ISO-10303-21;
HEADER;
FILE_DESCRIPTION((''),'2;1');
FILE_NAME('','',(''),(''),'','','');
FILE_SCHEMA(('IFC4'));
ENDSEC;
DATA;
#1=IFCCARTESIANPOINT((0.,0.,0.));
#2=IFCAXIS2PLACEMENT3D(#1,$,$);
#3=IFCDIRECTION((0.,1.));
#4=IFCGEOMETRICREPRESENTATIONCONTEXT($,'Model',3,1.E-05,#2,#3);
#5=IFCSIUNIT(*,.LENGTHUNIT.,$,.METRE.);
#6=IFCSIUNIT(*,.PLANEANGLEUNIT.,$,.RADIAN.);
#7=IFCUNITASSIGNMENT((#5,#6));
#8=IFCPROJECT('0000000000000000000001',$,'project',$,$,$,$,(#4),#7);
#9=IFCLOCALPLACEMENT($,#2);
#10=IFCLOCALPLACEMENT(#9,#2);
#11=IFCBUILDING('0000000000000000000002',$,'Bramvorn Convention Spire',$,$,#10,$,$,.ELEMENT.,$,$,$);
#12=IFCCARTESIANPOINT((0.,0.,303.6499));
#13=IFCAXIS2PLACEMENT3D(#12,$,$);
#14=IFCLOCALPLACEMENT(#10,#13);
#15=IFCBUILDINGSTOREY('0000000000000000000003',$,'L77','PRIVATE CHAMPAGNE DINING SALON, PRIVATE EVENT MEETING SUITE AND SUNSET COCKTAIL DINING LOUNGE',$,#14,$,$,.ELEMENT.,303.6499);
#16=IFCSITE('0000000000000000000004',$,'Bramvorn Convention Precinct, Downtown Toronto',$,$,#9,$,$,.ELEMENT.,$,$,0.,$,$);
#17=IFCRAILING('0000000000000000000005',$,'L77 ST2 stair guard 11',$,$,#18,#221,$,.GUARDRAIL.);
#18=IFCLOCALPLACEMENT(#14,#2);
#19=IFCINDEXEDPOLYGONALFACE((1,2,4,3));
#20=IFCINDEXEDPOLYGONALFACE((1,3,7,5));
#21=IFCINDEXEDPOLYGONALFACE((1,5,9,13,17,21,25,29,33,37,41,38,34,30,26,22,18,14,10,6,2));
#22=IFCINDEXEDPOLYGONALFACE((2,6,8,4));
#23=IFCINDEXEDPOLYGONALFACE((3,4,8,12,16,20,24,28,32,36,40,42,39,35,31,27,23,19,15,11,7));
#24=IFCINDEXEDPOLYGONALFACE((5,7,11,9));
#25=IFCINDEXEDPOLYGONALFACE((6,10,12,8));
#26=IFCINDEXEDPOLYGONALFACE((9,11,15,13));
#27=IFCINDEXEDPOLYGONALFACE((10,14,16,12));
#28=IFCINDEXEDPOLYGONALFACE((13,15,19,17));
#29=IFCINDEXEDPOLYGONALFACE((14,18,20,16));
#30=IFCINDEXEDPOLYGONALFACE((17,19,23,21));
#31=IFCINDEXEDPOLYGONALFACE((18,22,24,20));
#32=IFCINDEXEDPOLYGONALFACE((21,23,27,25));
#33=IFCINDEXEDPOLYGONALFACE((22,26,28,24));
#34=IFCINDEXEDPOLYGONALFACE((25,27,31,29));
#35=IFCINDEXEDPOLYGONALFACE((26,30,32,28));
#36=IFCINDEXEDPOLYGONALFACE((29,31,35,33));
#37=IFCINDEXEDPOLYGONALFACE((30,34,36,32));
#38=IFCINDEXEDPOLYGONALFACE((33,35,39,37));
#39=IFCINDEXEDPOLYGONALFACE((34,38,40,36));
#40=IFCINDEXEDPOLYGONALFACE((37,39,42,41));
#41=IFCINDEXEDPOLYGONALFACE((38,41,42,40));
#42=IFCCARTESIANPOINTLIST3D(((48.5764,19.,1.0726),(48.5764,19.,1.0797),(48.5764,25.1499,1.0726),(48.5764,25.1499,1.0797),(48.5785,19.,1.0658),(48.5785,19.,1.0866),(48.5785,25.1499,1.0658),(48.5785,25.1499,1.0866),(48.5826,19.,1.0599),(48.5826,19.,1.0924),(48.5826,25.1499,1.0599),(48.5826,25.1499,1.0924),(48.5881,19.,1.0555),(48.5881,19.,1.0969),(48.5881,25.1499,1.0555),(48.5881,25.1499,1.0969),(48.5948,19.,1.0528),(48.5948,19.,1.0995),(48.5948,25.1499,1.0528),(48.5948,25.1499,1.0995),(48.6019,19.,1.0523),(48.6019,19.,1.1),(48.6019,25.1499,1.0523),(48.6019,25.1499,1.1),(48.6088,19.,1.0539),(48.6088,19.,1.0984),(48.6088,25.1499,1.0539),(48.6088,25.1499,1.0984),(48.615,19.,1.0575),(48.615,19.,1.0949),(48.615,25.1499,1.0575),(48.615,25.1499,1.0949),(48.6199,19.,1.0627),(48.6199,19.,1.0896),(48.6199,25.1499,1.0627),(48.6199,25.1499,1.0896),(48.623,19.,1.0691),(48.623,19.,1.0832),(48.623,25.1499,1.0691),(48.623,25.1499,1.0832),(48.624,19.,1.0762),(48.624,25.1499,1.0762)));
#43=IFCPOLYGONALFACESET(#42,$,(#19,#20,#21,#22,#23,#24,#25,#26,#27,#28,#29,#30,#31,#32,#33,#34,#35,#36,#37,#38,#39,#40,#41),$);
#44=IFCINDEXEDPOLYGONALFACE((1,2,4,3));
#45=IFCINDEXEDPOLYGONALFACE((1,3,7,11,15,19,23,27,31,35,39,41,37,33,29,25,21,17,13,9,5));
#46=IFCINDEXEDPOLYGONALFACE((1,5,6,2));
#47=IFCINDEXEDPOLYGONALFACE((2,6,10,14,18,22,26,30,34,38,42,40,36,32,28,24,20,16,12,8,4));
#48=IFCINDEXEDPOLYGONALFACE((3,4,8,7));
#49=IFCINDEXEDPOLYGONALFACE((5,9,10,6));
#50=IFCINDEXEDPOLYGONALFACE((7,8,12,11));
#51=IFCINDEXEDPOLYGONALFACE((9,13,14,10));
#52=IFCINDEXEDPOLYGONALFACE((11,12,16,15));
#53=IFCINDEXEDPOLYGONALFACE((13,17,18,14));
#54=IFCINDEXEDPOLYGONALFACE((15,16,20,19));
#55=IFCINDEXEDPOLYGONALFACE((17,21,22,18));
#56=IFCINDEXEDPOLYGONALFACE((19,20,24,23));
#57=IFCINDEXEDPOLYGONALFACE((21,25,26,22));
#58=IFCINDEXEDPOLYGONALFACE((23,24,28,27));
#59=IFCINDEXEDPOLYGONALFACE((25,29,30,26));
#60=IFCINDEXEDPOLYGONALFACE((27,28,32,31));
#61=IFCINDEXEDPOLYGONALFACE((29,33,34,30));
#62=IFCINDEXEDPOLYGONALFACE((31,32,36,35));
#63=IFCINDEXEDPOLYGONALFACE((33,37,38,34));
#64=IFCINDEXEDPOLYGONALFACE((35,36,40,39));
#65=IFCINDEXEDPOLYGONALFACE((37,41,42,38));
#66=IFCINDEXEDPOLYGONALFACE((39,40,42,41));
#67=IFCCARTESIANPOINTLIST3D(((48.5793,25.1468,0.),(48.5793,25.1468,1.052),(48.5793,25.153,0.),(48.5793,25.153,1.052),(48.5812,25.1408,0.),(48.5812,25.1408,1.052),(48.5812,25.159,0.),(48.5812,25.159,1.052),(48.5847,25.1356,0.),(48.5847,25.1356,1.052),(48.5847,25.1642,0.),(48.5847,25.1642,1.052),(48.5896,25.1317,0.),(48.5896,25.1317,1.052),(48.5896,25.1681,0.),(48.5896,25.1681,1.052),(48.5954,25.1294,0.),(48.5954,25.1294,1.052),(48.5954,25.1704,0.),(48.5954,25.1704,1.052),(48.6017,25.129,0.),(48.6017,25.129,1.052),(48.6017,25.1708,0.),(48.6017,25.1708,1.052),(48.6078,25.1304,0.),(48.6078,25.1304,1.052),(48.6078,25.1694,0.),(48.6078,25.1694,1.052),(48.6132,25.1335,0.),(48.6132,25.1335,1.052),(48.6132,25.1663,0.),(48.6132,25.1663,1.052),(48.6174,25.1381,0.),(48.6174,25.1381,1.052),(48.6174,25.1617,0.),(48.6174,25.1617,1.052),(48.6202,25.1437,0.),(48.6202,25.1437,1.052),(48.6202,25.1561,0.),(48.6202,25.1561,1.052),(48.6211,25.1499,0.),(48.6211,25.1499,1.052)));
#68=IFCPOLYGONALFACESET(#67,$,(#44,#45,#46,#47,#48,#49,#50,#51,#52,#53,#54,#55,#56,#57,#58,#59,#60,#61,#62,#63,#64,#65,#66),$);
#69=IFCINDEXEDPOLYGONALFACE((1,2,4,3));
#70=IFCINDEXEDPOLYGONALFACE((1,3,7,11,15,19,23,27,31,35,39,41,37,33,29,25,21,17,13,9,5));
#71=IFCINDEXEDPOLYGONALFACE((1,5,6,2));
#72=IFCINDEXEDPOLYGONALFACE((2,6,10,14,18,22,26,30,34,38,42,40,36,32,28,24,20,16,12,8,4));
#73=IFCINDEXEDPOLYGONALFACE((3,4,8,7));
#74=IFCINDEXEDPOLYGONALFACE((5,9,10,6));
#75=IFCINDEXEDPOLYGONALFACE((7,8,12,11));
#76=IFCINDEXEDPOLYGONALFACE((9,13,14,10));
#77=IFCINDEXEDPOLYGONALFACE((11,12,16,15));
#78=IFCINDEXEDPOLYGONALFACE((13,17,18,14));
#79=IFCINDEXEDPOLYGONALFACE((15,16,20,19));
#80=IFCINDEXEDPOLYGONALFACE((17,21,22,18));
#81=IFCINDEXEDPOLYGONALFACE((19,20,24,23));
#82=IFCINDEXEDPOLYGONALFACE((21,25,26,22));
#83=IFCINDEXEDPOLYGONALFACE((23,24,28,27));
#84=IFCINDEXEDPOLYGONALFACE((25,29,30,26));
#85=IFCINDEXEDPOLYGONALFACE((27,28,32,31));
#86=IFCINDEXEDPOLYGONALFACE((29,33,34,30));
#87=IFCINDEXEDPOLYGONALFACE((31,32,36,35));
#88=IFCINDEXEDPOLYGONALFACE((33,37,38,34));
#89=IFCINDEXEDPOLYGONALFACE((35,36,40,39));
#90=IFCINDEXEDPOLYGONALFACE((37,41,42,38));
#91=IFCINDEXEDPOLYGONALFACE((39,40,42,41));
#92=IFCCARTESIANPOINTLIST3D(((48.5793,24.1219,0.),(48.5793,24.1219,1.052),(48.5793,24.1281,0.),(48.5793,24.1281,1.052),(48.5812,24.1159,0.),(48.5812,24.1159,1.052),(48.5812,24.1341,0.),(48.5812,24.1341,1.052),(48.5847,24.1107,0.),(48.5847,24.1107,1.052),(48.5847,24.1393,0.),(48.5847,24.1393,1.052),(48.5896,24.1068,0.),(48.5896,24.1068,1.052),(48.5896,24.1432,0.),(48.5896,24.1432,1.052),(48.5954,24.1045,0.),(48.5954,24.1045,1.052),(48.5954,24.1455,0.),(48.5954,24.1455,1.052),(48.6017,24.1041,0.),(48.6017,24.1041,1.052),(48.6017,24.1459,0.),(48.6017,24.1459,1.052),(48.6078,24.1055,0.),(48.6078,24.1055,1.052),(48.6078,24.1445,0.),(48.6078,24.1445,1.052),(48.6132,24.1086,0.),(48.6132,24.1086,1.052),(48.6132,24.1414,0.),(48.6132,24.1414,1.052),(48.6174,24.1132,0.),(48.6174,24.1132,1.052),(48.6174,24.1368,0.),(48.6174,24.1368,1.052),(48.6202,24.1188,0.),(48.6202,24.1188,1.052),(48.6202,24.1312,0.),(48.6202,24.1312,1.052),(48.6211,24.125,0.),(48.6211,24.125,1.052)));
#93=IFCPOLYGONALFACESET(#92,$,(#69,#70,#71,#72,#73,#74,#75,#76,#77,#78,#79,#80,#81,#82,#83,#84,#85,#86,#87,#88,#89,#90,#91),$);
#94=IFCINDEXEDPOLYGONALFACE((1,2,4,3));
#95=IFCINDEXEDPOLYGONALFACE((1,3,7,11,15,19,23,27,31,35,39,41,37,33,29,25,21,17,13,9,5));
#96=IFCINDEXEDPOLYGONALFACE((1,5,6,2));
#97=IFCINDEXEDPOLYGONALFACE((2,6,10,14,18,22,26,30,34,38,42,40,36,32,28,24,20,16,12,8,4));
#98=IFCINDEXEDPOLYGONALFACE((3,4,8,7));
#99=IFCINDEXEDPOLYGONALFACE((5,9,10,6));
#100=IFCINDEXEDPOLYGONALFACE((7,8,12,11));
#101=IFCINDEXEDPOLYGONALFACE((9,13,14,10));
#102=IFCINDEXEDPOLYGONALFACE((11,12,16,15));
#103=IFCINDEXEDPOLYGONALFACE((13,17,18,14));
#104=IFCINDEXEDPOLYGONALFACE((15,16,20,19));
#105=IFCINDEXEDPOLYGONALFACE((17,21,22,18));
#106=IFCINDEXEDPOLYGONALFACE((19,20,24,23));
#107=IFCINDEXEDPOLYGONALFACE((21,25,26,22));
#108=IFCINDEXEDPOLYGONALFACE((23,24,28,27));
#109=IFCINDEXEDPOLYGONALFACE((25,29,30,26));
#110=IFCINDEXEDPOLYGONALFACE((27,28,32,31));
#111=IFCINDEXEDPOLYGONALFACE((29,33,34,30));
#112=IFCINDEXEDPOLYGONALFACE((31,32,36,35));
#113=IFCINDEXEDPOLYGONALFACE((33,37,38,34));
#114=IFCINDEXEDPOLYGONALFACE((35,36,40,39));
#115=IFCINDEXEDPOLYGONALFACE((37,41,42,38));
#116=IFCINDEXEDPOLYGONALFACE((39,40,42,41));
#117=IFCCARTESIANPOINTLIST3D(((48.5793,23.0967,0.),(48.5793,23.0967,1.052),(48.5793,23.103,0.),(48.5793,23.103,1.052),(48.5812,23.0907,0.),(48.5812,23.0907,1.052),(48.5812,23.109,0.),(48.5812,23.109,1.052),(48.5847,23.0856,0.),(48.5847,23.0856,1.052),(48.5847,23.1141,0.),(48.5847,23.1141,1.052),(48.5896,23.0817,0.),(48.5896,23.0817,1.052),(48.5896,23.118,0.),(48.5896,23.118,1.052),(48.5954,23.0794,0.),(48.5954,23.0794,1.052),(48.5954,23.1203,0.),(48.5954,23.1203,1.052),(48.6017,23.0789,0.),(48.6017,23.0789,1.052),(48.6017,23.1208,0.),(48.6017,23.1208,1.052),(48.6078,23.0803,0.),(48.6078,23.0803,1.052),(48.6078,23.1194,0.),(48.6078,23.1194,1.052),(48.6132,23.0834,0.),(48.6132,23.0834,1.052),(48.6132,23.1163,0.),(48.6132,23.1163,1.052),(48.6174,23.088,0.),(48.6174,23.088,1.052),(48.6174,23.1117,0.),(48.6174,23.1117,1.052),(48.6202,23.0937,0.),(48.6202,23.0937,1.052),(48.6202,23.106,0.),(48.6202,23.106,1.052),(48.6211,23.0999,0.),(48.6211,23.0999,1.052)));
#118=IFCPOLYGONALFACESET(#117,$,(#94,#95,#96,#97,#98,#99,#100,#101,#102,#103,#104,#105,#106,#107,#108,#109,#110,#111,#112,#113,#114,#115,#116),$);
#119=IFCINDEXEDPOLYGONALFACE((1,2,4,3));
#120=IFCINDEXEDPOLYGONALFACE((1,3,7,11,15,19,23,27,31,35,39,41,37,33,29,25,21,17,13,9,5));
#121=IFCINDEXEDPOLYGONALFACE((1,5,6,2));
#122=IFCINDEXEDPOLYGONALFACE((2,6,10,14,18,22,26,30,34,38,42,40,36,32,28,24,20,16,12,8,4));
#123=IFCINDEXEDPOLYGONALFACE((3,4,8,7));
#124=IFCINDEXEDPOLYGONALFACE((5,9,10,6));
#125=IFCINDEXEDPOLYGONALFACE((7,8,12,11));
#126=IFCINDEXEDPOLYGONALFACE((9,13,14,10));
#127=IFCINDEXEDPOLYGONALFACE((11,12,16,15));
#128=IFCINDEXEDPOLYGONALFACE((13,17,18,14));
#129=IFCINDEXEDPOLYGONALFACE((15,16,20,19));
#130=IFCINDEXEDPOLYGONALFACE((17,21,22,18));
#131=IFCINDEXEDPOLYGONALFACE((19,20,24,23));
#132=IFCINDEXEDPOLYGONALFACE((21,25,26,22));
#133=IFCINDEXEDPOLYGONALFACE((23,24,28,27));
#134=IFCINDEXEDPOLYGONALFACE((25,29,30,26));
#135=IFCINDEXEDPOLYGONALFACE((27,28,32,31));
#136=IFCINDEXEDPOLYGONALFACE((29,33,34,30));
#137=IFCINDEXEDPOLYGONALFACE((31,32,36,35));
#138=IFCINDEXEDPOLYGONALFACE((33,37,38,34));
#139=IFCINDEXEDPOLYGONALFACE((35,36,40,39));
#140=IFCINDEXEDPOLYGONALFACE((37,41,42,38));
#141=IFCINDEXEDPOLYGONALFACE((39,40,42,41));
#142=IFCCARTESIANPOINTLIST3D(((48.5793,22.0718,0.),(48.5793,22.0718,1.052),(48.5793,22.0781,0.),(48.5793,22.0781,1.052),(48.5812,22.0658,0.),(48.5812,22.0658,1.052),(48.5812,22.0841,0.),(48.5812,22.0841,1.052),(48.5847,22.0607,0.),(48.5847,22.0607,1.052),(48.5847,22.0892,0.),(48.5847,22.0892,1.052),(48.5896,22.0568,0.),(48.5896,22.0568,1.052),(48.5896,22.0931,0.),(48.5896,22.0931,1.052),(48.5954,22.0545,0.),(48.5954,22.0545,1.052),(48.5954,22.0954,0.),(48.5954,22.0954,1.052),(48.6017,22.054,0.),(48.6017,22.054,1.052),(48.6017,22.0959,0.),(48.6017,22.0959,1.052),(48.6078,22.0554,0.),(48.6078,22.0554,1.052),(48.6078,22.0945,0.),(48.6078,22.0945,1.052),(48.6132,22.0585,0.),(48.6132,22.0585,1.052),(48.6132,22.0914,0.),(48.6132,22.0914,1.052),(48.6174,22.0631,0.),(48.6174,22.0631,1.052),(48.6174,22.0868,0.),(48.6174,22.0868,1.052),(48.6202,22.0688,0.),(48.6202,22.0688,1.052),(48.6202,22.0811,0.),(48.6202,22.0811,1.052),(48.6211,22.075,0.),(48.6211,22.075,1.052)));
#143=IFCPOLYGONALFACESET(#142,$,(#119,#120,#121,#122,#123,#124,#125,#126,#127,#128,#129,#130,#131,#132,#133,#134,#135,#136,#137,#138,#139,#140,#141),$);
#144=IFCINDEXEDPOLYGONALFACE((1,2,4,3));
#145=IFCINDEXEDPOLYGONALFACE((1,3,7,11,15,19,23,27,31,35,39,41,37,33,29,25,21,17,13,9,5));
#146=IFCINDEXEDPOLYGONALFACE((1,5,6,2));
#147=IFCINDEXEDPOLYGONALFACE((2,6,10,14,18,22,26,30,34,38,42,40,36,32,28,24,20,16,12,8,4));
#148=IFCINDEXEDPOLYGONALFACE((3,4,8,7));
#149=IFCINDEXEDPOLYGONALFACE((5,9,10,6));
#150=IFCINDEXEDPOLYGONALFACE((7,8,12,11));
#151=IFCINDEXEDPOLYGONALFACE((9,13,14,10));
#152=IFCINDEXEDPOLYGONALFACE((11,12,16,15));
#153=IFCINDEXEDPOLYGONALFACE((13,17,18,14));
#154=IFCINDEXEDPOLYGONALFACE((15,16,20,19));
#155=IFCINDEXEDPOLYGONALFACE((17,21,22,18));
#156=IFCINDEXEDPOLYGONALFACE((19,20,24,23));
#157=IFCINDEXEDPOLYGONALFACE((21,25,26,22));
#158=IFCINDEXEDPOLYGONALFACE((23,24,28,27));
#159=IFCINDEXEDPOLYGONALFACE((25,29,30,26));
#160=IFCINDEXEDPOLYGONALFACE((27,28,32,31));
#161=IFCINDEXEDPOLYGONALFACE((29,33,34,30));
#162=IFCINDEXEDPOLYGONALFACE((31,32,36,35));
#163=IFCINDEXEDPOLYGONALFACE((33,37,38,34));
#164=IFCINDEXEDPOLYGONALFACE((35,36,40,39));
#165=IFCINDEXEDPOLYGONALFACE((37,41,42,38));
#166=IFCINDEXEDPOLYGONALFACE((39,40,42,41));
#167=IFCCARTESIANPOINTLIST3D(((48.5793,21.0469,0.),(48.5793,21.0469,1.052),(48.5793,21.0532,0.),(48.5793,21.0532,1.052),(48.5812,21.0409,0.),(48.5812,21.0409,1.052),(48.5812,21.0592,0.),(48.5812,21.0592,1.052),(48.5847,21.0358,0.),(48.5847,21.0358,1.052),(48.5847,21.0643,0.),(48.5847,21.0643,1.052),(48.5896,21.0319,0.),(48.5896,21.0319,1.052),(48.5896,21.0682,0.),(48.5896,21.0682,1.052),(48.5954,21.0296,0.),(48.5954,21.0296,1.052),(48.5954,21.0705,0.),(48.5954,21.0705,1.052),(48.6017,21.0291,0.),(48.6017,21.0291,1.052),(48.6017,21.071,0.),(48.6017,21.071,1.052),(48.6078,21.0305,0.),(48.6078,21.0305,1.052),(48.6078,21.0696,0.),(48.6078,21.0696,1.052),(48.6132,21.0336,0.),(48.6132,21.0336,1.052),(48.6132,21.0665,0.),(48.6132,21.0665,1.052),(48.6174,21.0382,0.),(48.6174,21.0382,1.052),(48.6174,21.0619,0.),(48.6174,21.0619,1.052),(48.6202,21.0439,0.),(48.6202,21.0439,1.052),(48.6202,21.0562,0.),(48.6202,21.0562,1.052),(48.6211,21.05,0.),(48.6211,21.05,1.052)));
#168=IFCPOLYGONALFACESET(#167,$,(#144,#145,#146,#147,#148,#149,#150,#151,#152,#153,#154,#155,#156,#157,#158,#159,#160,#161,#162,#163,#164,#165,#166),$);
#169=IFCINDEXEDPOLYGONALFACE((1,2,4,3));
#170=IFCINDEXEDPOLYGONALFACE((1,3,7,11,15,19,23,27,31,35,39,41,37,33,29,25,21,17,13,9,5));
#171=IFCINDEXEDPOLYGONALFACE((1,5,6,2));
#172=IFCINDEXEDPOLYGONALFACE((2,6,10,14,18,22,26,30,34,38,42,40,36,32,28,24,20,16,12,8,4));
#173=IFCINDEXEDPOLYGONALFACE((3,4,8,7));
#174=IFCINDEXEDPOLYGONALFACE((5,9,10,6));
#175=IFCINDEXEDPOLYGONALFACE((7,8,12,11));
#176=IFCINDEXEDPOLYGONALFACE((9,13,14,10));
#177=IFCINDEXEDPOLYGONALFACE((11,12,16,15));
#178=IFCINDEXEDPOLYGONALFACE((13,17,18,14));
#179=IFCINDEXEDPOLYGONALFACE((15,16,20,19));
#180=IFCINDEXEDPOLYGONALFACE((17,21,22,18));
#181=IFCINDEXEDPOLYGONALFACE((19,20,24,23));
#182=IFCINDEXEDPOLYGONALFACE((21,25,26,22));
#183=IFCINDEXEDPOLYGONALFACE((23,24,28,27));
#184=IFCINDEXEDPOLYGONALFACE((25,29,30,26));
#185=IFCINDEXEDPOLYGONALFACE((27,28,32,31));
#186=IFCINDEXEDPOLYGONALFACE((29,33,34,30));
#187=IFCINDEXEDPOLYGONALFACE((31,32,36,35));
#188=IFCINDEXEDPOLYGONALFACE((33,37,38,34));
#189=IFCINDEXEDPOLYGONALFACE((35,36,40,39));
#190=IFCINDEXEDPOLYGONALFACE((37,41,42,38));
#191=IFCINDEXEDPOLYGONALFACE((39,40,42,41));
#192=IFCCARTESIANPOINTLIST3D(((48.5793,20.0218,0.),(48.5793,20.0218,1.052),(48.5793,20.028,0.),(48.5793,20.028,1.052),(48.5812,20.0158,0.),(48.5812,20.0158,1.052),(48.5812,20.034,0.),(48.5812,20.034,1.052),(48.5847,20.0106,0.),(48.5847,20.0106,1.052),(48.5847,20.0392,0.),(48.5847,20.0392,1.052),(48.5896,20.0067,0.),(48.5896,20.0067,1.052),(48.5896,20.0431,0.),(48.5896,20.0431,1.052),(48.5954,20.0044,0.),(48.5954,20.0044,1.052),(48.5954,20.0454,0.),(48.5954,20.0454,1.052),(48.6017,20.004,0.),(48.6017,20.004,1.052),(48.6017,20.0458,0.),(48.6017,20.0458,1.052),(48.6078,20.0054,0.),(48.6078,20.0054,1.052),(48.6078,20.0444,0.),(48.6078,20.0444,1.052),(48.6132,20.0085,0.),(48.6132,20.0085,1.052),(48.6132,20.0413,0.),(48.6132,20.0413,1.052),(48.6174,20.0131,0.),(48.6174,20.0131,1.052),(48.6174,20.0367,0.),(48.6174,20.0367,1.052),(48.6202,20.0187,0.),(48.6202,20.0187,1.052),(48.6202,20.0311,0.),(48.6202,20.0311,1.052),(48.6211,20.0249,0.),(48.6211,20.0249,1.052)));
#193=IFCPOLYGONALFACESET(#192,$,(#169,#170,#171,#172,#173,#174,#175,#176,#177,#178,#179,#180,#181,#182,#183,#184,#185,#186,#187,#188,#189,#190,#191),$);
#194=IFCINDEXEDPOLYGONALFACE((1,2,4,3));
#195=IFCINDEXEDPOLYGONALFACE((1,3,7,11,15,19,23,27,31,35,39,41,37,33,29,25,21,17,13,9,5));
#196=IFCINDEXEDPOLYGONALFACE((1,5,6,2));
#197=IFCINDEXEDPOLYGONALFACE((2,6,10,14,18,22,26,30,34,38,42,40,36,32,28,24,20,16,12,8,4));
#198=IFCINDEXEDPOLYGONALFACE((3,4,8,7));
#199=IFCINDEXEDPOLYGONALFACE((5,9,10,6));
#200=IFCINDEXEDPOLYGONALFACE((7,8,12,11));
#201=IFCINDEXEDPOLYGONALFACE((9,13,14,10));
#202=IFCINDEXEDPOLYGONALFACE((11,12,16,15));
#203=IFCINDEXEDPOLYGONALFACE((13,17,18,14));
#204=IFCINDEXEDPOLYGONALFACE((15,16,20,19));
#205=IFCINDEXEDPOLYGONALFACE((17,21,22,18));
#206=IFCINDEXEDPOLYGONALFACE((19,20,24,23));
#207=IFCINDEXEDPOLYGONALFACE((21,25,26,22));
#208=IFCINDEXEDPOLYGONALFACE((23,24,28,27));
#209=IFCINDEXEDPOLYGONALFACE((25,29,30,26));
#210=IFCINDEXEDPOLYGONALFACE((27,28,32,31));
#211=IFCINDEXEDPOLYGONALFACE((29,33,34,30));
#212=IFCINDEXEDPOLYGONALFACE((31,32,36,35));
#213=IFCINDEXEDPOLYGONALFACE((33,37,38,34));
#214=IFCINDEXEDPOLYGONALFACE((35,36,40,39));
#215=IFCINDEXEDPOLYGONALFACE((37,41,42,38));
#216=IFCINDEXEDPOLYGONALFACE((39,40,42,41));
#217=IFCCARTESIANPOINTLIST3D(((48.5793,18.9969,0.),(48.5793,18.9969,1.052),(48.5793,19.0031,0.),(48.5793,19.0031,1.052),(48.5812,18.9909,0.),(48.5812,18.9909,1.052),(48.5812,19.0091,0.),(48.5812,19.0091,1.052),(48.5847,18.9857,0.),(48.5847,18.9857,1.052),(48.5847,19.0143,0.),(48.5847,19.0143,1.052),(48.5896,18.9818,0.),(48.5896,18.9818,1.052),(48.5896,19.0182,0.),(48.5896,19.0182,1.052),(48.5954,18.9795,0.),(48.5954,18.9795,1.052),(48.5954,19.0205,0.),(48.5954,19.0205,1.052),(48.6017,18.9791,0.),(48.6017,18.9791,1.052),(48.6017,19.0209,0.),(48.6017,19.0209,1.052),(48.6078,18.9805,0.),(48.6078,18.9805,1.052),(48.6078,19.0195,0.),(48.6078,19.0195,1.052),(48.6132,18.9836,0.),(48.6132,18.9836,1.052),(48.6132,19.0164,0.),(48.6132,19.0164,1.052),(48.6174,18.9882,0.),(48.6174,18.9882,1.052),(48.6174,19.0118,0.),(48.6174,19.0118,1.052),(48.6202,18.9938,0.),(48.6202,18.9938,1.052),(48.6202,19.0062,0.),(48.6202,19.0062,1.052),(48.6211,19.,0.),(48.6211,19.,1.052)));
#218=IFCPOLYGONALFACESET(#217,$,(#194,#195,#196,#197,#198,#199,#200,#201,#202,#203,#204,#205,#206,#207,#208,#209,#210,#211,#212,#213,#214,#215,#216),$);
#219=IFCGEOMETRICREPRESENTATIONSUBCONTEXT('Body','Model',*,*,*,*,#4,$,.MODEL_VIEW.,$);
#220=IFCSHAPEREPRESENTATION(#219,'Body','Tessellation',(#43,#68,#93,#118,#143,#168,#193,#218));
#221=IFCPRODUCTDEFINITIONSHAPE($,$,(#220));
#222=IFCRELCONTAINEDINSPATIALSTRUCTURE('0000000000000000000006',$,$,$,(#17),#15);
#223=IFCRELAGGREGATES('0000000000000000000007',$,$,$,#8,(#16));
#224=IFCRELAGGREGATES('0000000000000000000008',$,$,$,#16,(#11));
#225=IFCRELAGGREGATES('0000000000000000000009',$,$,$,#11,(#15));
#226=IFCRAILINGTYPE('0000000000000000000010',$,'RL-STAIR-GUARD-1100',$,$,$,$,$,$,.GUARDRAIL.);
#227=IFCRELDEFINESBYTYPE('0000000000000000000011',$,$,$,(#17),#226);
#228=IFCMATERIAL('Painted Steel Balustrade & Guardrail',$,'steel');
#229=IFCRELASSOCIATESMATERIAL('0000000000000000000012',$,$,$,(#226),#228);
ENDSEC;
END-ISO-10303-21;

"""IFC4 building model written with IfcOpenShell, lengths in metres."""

from ifc_helpers import new_model, si_unit, direction, frame, origin, origin_2d, place, context, subcontext, project, spatial, circle, extrude, material, type_object, element, save


model = new_model("IFC4")

# Units and contexts
model_context = context("Model", 3, precision=1e-05, world=origin(), true_north=direction((0.0, 1.0)))
body_context = subcontext(model_context, "Body", "Model", "MODEL_VIEW")
ifc_project = project(units=[si_unit("LENGTHUNIT", "METRE"), si_unit("PLANEANGLEUNIT", "RADIAN")], contexts=[model_context])

# Site, building, storey
site_placement = place(None, origin())
site = spatial("IfcSite", under=ifc_project, at=site_placement, Name="Bramvorn Convention Precinct, Downtown Toronto", CompositionType="ELEMENT", RefElevation=0.0)
building_placement = place(site_placement, origin())
building = spatial("IfcBuilding", under=site, at=building_placement, Name="Bramvorn Convention Spire", CompositionType="ELEMENT")
storey_placement = place(building_placement, frame((0.0, 0.0, 303.6499)))
storey = spatial("IfcBuildingStorey", under=building, at=storey_placement, Name="L77", Description="PRIVATE CHAMPAGNE DINING SALON, PRIVATE EVENT MEETING SUITE AND SUNSET COCKTAIL DINING LOUNGE", CompositionType="ELEMENT", Elevation=303.6499)

# Railing
ifc_material_1 = material(Name="Painted Steel Balustrade & Guardrail", Category="steel")
railing_type_1 = type_object("IfcRailingType", Name="RL-STAIR-GUARD-1100", PredefinedType="GUARDRAIL", material=ifc_material_1)
railing_1_placement = place(storey_placement, frame((48.6001, 25.1499, 0.0)))
element("IfcRailing", 1, at=railing_1_placement, inside=storey, type_object=railing_type_1, Name="L77 ST2 stair guard 11", PredefinedType="GUARDRAIL", context=body_context, shape_type="SweptSolid", body=[
    extrude(circle(Radius=0.0239, at=origin_2d()), frame((0.0, 0.0, 1.0762), z_axis=(0.0, -1.0, 0.0), x_axis=(1.0, 0.0, 0.0)), (0.0, 0.0, 1.0), 6.1499),
    extrude(circle(Radius=0.021, at=origin_2d()), origin(), (0.0, 0.0, 1.0), 1.052),
    extrude(circle(Radius=0.021, at=origin_2d()), frame((0.0, -1.0249, 0.0)), (0.0, 0.0, 1.0), 1.052),
    extrude(circle(Radius=0.021, at=origin_2d()), frame((0.0, -2.05, 0.0)), (0.0, 0.0, 1.0), 1.052),
    extrude(circle(Radius=0.021, at=origin_2d()), frame((0.0, -3.075, 0.0)), (0.0, 0.0, 1.0), 1.052),
    extrude(circle(Radius=0.021, at=origin_2d()), frame((0.0, -4.0999, 0.0)), (0.0, 0.0, 1.0), 1.052),
    extrude(circle(Radius=0.021, at=origin_2d()), frame((0.0, -5.125, 0.0)), (0.0, 0.0, 1.0), 1.052),
    extrude(circle(Radius=0.021, at=origin_2d()), frame((0.0, -6.1499, 0.0)), (0.0, 0.0, 1.0), 1.052),
])

save(model, "model.ifc")
